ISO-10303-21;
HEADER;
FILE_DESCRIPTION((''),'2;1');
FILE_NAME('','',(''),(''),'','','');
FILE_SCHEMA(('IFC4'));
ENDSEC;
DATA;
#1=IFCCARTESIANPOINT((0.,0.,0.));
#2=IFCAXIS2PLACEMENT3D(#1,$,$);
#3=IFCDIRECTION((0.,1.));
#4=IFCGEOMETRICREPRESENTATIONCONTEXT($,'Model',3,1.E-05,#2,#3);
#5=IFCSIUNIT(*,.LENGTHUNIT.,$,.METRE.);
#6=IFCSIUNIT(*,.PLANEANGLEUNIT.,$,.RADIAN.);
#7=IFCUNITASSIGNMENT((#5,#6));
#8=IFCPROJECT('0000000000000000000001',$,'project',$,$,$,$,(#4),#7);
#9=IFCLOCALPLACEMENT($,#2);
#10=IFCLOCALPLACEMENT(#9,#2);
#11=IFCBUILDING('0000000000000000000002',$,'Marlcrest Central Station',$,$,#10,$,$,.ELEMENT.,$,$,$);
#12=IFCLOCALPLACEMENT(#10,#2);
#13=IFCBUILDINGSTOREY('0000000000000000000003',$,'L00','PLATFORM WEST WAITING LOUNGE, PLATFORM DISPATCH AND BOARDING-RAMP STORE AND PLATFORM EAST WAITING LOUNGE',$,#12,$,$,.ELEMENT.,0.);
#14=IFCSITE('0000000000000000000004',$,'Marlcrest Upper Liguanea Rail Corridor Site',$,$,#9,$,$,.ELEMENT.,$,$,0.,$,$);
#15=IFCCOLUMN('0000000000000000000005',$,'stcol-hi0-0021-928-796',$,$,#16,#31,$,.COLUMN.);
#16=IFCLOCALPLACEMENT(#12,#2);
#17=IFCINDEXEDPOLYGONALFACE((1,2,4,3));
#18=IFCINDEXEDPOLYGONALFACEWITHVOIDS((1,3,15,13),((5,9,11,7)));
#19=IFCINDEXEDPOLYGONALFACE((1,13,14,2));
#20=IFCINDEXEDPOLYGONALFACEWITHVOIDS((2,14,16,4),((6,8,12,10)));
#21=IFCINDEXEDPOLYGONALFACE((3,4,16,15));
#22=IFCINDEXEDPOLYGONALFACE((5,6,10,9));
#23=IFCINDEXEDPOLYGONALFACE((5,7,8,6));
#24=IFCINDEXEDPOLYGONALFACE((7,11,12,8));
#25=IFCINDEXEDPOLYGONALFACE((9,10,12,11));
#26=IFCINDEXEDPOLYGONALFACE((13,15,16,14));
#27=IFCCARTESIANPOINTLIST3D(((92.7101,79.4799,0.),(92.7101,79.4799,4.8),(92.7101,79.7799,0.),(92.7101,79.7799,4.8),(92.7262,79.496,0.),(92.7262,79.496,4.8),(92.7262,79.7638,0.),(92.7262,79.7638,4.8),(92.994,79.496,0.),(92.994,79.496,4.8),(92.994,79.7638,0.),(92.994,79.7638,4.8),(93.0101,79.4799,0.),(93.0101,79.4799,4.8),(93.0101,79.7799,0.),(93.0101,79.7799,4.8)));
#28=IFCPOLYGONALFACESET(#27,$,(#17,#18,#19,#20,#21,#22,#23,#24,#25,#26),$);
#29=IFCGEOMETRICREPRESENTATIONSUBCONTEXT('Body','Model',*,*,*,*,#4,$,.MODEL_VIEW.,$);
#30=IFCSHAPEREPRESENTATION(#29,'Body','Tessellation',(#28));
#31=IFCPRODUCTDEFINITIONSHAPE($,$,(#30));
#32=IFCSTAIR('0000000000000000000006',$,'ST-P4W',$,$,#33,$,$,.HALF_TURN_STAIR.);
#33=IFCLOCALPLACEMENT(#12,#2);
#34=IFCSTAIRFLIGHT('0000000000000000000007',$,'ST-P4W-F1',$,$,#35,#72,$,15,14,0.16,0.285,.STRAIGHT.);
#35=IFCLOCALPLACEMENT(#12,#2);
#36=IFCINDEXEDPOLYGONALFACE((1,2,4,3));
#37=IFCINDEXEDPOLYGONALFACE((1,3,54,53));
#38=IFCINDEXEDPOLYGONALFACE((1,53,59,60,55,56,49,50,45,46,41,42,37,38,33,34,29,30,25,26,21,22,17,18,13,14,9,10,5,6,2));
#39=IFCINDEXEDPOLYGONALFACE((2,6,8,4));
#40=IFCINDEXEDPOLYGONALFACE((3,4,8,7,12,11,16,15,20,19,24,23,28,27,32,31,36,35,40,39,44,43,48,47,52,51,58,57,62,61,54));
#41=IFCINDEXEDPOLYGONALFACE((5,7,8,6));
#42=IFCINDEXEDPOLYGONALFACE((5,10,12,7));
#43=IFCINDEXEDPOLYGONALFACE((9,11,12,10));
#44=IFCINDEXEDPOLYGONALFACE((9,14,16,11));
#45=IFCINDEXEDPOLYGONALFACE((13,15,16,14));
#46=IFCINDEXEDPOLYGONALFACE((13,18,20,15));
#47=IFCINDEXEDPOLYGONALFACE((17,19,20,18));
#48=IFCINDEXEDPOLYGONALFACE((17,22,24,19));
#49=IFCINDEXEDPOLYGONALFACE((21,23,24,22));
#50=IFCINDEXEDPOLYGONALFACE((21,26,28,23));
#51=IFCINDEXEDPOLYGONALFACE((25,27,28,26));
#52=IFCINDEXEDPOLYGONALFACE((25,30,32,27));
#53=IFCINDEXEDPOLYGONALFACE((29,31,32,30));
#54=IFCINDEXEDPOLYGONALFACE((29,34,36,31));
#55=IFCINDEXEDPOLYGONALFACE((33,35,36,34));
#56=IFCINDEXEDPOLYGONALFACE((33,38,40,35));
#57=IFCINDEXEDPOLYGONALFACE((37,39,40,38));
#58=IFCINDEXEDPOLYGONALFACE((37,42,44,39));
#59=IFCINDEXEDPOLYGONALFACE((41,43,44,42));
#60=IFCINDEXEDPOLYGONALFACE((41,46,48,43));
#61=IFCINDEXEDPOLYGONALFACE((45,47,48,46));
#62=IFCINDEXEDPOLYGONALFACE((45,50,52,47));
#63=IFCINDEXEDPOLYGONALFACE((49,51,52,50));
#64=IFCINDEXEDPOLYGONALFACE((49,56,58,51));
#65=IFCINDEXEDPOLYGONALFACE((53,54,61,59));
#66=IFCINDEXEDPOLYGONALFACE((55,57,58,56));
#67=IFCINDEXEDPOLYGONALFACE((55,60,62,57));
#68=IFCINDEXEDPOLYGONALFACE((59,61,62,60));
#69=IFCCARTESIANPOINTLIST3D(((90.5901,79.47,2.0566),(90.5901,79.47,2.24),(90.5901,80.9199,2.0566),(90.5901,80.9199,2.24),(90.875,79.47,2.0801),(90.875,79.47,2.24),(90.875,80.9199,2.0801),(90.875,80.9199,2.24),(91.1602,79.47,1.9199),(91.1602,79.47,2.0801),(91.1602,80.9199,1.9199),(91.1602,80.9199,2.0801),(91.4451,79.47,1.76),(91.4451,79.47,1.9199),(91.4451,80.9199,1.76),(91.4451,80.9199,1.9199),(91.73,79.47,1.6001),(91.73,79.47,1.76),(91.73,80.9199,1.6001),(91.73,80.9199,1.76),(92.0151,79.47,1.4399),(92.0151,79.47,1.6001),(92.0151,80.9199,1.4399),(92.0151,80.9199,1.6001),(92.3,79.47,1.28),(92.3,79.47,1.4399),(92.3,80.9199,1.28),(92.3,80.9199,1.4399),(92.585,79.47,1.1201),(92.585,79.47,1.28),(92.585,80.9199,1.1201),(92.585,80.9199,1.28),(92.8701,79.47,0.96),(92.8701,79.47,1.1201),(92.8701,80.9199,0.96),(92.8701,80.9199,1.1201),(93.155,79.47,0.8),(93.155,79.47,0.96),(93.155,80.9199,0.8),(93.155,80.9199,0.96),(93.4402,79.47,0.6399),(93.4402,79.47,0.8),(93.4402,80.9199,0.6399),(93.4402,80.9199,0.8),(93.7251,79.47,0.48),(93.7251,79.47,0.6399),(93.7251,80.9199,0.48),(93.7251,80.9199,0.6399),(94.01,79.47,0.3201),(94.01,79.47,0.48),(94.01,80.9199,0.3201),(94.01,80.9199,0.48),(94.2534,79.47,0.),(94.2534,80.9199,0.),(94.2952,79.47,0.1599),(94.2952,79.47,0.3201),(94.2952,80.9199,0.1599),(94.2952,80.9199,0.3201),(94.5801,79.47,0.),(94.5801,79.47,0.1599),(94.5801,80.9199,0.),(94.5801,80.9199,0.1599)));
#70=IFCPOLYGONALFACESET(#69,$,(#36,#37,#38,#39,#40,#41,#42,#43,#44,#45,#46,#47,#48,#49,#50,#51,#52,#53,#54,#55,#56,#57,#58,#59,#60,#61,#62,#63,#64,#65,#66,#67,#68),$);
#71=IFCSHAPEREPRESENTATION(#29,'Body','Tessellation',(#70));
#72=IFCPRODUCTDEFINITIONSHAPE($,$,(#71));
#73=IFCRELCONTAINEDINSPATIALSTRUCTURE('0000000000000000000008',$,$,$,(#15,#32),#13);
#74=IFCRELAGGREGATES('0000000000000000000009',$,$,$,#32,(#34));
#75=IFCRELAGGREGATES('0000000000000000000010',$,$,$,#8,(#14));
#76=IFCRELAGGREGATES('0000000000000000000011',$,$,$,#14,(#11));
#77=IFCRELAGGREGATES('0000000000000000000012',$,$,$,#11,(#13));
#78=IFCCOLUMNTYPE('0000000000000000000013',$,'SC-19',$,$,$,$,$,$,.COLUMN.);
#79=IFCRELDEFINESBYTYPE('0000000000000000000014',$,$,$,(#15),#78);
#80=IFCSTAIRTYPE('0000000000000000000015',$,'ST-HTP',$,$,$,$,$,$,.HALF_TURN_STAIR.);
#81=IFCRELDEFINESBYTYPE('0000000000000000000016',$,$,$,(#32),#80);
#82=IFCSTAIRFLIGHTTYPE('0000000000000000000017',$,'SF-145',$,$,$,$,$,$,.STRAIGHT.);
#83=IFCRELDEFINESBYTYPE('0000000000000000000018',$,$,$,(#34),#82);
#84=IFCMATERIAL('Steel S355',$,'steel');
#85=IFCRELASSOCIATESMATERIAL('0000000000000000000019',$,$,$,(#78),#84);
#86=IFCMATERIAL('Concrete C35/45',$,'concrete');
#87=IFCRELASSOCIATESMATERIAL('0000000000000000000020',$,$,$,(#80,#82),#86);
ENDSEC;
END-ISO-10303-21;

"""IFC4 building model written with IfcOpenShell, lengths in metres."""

from ifc_helpers import new_model, si_unit, direction, frame, origin, origin_2d, place, context, subcontext, project, spatial, polyline, hollow_rectangle, outline, extrude, material, material_profile, profile_set, type_object, element, aggregate, save


model = new_model("IFC4")

# Units and contexts
model_context = context("Model", 3, precision=1e-05, world=origin(), true_north=direction((0.0, 1.0)))
body_context = subcontext(model_context, "Body", "Model", "MODEL_VIEW")
ifc_project = project(units=[si_unit("LENGTHUNIT", "METRE"), si_unit("PLANEANGLEUNIT", "RADIAN")], contexts=[model_context])

# Site, building, storey
site_placement = place(None, origin())
site = spatial("IfcSite", under=ifc_project, at=site_placement, Name="Marlcrest Upper Liguanea Rail Corridor Site", CompositionType="ELEMENT", RefElevation=0.0)
building_placement = place(site_placement, origin())
building = spatial("IfcBuilding", under=site, at=building_placement, Name="Marlcrest Central Station", CompositionType="ELEMENT")
storey_placement = place(building_placement, origin())
storey = spatial("IfcBuildingStorey", under=building, at=storey_placement, Name="L00", Description="PLATFORM WEST WAITING LOUNGE, PLATFORM DISPATCH AND BOARDING-RAMP STORE AND PLATFORM EAST WAITING LOUNGE", CompositionType="ELEMENT", Elevation=0.0)

# Shared definitions
ifc_material_1 = material(Name="Concrete C35/45", Category="concrete")

# Column
ifc_material_2 = material(Name="Steel S355", Category="steel")
ifc_material_profile_1 = material_profile(ifc_material_2, hollow_rectangle(XDim=0.3, YDim=0.3, WallThickness=0.0161, at=origin_2d()), Name="SHS 300x300x16")
ifc_profile_set_1 = profile_set([ifc_material_profile_1], Name="Steel S355")
column_type = type_object("IfcColumnType", Name="SC-19", PredefinedType="COLUMN", material=ifc_profile_set_1)
for number, where, z_axis, x_axis, name in (
    (1, (92.8601, 79.6299, 0.0), (0.0, 0.0, 1.0), (1.0, 0.0, 0.0), "stcol-hi0-0021-928-796"),
):
    element("IfcColumn", number, at=place(storey_placement, frame(where, z_axis=z_axis, x_axis=x_axis)), inside=storey, type_object=column_type, Name=name, PredefinedType="COLUMN", context=body_context, shape_type="SweptSolid", body=[
        extrude(hollow_rectangle(XDim=0.3, YDim=0.3, WallThickness=0.0161, at=origin_2d()), origin(), (0.0, 0.0, 1.0), 4.8),
    ])

# Stair, stair flight
stair_type = type_object("IfcStairType", Name="ST-HTP", PredefinedType="HALF_TURN_STAIR", material=ifc_material_1)
stair_placement = place(storey_placement, origin())
stair = element("IfcStair", 2, at=stair_placement, inside=storey, type_object=stair_type, Name="ST-P4W", PredefinedType="HALF_TURN_STAIR")
stair_flight_type = type_object("IfcStairFlightType", Name="SF-145", PredefinedType="STRAIGHT", material=ifc_material_1)
stair_flight_placement = place(storey_placement, frame((94.5801, 80.1951, 0.0), z_axis=(0.0, 0.0, 1.0), x_axis=(-1.0, 0.0, 0.0)))
stair_flight = element("IfcStairFlight", 3, at=stair_flight_placement, type_object=stair_flight_type, Name="ST-P4W-F1", NumberOfRisers=15, NumberOfTreads=14, PredefinedType="STRAIGHT", RiserHeight=0.16, TreadLength=0.285, context=body_context, shape_type="SweptSolid", body=[
    extrude(outline(polyline([(0.0, 0.0), (0.0, 0.1599), (0.2849, 0.1599), (0.2849, 0.3201), (0.5701, 0.3201), (0.5701, 0.48), (0.855, 0.48), (0.855, 0.6399), (1.1399, 0.6399), (1.1399, 0.8), (1.425, 0.8), (1.425, 0.96), (1.71, 0.96), (1.71, 1.1201), (1.9951, 1.1201), (1.9951, 1.28), (2.28, 1.28), (2.28, 1.4399), (2.5649, 1.4399), (2.5649, 1.6001), (2.8501, 1.6001), (2.8501, 1.76), (3.135, 1.76), (3.135, 1.9199), (3.4199, 1.9199), (3.4199, 2.0801), (3.7051, 2.0801), (3.7051, 2.24), (3.99, 2.24), (3.99, 2.3999), (3.99, 2.0566), (0.3267, 0.0), (0.0, 0.0)])), frame((0.0, 0.7251, 0.0), z_axis=(0.0, -1.0, 0.0), x_axis=(1.0, 0.0, 0.0)), (0.0, 0.0, 1.0), 1.45),
])
aggregate(stair, [stair_flight])

save(model, "model.ifc")
